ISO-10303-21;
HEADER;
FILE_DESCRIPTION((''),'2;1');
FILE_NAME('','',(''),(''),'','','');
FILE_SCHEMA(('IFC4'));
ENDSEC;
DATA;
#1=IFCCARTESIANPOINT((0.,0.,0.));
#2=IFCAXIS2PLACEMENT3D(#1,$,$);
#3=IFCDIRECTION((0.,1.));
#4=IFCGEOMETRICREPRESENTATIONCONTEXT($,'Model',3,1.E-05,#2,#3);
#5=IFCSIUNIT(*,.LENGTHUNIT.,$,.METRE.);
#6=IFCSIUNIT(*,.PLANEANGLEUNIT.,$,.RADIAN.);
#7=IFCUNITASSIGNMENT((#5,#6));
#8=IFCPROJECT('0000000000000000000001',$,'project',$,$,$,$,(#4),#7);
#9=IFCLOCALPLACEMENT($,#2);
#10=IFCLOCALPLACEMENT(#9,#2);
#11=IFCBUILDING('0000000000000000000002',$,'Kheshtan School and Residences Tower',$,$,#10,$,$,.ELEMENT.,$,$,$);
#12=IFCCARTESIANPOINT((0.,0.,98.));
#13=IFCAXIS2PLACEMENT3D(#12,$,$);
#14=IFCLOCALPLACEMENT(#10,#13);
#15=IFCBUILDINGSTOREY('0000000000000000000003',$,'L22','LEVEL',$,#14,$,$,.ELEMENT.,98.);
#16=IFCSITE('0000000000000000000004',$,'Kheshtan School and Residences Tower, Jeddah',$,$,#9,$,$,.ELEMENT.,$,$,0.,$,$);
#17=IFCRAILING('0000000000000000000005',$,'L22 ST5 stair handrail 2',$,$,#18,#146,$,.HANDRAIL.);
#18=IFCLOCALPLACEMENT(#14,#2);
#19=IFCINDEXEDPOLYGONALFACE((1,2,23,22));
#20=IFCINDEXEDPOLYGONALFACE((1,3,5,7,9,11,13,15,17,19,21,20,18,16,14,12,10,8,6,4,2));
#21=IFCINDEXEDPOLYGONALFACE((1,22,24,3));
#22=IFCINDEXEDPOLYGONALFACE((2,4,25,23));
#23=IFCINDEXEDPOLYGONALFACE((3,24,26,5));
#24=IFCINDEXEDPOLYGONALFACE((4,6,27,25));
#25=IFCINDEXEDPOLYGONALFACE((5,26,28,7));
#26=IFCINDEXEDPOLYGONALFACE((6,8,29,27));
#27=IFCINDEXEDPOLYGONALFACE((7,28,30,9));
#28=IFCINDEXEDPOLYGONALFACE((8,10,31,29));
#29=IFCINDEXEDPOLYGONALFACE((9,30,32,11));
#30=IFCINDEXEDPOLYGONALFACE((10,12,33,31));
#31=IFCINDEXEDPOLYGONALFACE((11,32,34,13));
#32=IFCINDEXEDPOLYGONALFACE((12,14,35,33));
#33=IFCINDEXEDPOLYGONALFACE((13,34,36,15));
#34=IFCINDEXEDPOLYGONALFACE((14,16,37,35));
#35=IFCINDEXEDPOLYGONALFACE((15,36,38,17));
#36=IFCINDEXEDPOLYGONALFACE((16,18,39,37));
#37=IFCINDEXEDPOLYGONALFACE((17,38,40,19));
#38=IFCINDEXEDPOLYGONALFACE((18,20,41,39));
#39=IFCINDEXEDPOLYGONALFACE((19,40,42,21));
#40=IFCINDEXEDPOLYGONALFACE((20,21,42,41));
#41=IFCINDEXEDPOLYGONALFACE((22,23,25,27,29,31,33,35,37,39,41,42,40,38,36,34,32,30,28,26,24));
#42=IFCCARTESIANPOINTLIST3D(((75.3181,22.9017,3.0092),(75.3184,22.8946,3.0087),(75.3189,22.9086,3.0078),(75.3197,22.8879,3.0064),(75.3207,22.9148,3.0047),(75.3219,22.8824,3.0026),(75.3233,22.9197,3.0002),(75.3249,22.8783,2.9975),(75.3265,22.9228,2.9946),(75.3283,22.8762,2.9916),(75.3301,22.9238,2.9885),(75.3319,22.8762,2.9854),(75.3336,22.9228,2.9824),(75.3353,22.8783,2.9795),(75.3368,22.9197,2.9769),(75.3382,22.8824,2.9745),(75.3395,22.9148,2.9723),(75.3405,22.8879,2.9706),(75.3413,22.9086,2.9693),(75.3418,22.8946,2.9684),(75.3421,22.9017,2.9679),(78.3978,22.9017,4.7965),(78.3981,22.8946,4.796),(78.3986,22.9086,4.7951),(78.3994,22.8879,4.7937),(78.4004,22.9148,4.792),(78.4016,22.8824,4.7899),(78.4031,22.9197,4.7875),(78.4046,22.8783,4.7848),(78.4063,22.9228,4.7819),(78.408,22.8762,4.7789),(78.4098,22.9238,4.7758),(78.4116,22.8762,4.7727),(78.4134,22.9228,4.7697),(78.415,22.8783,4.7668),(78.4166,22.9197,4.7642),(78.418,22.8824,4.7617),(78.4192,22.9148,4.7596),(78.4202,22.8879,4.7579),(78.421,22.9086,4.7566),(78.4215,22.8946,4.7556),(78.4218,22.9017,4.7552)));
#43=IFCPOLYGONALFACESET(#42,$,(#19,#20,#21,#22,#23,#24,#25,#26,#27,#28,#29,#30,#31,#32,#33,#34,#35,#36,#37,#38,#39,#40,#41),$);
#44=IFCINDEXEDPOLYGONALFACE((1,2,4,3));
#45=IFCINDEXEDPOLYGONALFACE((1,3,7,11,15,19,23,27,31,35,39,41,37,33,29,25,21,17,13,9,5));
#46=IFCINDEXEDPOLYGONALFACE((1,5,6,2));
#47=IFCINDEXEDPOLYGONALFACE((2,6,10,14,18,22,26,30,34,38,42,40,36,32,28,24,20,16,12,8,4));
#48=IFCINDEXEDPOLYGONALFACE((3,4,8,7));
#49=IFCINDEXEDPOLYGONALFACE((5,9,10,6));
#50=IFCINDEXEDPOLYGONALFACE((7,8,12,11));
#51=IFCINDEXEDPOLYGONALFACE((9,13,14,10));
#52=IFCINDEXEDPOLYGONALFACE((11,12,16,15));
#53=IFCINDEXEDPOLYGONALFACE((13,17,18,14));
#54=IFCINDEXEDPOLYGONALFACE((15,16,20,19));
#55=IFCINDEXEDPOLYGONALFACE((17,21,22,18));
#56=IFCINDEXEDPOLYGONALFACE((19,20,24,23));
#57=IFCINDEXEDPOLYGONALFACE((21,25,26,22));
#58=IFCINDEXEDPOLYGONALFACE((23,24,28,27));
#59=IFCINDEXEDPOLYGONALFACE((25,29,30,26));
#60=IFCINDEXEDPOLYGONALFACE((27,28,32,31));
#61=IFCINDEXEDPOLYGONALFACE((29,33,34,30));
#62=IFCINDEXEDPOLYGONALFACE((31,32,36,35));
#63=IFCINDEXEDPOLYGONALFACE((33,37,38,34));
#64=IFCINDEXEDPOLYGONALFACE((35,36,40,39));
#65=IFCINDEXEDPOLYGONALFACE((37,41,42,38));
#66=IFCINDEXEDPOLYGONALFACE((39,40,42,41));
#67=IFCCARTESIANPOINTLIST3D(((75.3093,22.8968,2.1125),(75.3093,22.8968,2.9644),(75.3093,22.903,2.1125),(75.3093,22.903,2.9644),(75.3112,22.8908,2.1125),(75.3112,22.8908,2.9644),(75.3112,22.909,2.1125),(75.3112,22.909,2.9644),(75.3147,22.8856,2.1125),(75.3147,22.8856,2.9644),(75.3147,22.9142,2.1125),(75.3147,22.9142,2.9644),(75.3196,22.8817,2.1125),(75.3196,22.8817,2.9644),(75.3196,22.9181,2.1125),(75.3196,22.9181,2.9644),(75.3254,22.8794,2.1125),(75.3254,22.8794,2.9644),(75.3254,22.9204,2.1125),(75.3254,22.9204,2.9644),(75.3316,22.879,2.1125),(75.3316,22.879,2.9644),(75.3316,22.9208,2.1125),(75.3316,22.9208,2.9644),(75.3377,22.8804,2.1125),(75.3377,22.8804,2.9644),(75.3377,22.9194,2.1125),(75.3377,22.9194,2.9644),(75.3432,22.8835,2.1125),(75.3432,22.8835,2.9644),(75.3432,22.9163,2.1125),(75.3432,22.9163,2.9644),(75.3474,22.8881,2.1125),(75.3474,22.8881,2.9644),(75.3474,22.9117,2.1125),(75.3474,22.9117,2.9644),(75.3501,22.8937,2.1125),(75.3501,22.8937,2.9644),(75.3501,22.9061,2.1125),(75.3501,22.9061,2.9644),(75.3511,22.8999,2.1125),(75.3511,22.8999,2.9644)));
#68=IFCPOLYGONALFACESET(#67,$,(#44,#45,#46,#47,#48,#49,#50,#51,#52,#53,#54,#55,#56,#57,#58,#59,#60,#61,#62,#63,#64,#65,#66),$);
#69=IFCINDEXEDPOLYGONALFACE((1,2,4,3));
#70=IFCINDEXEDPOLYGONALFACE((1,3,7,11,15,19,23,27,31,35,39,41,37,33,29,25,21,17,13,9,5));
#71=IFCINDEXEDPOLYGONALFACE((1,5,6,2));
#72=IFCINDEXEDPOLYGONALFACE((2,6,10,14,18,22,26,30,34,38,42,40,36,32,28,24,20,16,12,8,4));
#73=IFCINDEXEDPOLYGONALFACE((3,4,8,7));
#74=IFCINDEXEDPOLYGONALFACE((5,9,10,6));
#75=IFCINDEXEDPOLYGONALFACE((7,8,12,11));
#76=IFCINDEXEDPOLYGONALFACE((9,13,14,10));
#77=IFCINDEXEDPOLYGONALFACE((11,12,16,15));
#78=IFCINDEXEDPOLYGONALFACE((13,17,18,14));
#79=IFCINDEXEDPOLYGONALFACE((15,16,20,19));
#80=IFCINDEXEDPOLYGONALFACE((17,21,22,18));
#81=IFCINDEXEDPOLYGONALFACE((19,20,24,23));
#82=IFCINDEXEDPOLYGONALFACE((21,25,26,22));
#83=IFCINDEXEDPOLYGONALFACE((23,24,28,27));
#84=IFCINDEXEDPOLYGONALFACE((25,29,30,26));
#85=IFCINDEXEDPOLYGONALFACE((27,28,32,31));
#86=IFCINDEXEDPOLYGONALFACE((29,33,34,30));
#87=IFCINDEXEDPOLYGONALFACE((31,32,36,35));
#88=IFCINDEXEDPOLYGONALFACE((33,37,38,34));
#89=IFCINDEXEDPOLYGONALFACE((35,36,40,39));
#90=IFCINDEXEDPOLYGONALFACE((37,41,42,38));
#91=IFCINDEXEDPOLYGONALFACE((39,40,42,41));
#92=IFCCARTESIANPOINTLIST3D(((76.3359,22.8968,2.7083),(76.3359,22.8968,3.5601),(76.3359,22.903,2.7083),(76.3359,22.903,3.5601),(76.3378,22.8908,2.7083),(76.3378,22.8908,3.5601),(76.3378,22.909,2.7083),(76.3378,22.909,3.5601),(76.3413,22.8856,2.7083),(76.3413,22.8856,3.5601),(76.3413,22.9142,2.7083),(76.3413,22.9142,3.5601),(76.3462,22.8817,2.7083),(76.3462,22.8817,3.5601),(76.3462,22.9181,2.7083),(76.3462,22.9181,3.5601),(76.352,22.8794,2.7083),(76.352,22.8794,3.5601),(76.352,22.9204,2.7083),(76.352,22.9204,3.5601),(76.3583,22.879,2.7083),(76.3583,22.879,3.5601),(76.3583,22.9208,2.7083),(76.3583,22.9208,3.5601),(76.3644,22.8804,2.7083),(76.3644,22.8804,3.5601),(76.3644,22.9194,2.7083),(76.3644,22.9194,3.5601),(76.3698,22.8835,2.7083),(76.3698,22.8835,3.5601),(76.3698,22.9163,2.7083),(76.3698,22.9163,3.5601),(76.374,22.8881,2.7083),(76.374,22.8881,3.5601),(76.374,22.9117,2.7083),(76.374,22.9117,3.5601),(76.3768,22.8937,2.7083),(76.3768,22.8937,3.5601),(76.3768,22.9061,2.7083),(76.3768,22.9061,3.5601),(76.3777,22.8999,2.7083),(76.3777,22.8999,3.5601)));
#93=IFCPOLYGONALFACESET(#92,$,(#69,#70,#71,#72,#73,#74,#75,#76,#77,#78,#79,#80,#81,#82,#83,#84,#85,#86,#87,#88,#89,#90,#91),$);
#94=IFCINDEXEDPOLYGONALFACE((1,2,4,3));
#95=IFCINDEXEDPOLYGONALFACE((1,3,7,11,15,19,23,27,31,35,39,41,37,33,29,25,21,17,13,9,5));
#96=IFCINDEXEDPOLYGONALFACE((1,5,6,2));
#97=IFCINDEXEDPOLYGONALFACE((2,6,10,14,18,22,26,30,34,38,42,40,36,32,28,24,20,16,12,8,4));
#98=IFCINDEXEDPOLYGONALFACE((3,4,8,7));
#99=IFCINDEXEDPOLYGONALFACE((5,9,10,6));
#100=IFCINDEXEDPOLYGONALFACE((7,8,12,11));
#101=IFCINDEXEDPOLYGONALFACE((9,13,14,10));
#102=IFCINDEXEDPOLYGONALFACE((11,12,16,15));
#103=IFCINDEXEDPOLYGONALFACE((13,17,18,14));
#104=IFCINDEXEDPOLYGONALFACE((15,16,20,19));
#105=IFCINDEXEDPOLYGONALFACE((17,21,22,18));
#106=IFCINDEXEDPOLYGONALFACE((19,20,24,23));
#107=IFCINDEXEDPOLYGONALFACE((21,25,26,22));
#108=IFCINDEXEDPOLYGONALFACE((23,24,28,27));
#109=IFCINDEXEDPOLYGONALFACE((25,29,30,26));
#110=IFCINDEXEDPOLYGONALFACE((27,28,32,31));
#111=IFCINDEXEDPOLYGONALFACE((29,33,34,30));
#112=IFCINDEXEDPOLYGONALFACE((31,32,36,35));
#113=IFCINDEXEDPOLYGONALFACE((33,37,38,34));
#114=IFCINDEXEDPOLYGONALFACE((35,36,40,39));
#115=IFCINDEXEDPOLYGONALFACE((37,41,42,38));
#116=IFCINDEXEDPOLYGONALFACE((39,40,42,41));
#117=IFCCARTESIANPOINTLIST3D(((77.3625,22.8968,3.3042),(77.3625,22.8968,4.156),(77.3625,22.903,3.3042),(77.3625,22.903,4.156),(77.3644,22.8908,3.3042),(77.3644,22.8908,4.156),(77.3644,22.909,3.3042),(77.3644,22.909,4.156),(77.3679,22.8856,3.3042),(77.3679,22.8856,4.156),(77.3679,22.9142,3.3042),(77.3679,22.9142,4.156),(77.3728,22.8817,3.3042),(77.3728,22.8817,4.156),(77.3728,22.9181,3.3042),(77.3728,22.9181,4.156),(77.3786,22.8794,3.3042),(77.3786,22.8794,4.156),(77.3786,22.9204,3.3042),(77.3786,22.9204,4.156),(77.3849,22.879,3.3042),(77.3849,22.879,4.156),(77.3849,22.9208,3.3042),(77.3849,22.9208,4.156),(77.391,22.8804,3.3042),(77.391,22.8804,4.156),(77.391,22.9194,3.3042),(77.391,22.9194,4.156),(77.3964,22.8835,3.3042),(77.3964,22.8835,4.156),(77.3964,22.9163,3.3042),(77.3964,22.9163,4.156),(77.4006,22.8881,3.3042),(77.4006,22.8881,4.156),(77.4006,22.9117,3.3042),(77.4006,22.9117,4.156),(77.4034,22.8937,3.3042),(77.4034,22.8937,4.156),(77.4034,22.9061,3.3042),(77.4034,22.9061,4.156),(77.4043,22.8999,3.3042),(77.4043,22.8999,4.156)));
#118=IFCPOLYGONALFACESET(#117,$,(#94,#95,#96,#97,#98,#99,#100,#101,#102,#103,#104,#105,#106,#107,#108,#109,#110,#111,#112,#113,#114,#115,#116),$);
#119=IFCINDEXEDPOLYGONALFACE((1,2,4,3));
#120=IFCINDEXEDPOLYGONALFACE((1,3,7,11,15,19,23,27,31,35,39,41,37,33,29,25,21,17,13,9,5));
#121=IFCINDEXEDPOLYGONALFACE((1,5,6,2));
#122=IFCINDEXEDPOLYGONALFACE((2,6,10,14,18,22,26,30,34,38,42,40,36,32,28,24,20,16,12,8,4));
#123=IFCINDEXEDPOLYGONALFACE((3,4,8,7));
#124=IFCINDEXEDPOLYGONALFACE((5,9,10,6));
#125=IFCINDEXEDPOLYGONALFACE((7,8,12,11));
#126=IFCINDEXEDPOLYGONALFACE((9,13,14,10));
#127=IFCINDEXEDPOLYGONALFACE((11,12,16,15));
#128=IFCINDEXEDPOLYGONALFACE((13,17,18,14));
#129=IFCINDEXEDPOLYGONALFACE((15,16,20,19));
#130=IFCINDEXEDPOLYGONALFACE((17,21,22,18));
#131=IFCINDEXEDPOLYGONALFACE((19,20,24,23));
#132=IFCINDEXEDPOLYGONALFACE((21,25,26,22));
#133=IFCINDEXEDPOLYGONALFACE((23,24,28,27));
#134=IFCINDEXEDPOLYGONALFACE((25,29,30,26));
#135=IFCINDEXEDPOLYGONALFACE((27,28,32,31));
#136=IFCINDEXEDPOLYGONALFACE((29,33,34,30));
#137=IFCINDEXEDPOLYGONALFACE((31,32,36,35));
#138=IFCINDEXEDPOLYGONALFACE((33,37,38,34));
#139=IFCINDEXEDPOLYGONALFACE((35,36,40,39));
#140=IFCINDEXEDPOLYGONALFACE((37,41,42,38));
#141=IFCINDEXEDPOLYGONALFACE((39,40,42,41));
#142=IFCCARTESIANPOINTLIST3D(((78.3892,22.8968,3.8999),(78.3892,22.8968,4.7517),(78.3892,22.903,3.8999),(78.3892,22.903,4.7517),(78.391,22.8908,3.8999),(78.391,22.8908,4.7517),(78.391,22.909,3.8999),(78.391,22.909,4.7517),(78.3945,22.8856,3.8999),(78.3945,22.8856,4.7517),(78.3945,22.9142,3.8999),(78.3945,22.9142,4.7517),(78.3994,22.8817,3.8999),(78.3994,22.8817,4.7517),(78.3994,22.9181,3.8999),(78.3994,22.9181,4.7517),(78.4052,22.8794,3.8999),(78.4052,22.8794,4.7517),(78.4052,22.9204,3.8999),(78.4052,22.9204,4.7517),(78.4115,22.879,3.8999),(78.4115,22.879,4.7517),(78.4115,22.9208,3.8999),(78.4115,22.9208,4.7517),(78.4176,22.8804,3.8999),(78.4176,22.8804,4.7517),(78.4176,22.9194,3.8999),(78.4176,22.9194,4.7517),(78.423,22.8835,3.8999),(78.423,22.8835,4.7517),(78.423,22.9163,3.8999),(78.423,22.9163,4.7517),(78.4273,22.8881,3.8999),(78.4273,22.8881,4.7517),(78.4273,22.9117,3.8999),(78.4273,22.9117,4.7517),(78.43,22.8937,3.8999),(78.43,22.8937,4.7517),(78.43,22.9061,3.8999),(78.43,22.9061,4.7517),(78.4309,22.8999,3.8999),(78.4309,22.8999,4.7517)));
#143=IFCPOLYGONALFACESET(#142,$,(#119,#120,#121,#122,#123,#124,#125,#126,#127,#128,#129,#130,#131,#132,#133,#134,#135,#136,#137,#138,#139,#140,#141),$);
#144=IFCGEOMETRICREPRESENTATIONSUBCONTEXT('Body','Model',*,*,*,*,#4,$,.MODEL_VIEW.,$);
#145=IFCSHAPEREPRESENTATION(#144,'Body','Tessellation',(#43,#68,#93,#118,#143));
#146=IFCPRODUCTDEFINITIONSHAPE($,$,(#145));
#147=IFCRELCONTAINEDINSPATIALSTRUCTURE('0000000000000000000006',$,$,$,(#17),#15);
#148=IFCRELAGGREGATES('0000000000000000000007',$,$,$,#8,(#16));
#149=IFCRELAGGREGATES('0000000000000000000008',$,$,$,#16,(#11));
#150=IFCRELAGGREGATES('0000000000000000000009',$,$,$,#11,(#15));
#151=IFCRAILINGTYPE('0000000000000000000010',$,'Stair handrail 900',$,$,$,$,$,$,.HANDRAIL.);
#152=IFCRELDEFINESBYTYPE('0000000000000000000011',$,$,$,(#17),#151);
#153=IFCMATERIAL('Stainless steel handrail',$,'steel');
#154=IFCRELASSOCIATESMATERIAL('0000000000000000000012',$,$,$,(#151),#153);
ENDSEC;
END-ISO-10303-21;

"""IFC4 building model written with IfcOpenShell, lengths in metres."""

from ifc_helpers import new_model, si_unit, direction, frame, origin, origin_2d, place, context, subcontext, project, spatial, circle, extrude, material, type_object, element, save


model = new_model("IFC4")

# Units and contexts
model_context = context("Model", 3, precision=1e-05, world=origin(), true_north=direction((0.0, 1.0)))
body_context = subcontext(model_context, "Body", "Model", "MODEL_VIEW")
ifc_project = project(units=[si_unit("LENGTHUNIT", "METRE"), si_unit("PLANEANGLEUNIT", "RADIAN")], contexts=[model_context])

# Site, building, storey
site_placement = place(None, origin())
site = spatial("IfcSite", under=ifc_project, at=site_placement, Name="Kheshtan School and Residences Tower, Jeddah", CompositionType="ELEMENT", RefElevation=0.0)
building_placement = place(site_placement, origin())
building = spatial("IfcBuilding", under=site, at=building_placement, Name="Kheshtan School and Residences Tower", CompositionType="ELEMENT")
storey_placement = place(building_placement, frame((0.0, 0.0, 98.0)))
storey = spatial("IfcBuildingStorey", under=building, at=storey_placement, Name="L22", Description="LEVEL", CompositionType="ELEMENT", Elevation=98.0)

# Railing
ifc_material_1 = material(Name="Stainless steel handrail", Category="steel")
railing_type_1 = type_object("IfcRailingType", Name="Stair handrail 900", PredefinedType="HANDRAIL", material=ifc_material_1)
railing_1_placement = place(storey_placement, frame((75.3301, 22.8999, 2.1125)))
element("IfcRailing", 1, at=railing_1_placement, inside=storey, type_object=railing_type_1, Name="L22 ST5 stair handrail 2", PredefinedType="HANDRAIL", context=body_context, shape_type="SweptSolid", body=[
    extrude(circle(Radius=0.0239, at=origin_2d()), frame((0.0, 0.0, 0.876), z_axis=(0.864903, 0.0, 0.501939), x_axis=(0.0, 1.0, 0.0)), (0.0, 0.0, 1.0), 3.5608),
    extrude(circle(Radius=0.021, at=origin_2d()), origin(), (0.0, 0.0, 1.0), 0.8518),
    extrude(circle(Radius=0.021, at=origin_2d()), frame((1.0266, 0.0, 0.5957)), (0.0, 0.0, 1.0), 0.8518),
    extrude(circle(Radius=0.021, at=origin_2d()), frame((2.0532, 0.0, 1.1917)), (0.0, 0.0, 1.0), 0.8518),
    extrude(circle(Radius=0.021, at=origin_2d()), frame((3.0798, 0.0, 1.7874)), (0.0, 0.0, 1.0), 0.8518),
])

save(model, "model.ifc")
